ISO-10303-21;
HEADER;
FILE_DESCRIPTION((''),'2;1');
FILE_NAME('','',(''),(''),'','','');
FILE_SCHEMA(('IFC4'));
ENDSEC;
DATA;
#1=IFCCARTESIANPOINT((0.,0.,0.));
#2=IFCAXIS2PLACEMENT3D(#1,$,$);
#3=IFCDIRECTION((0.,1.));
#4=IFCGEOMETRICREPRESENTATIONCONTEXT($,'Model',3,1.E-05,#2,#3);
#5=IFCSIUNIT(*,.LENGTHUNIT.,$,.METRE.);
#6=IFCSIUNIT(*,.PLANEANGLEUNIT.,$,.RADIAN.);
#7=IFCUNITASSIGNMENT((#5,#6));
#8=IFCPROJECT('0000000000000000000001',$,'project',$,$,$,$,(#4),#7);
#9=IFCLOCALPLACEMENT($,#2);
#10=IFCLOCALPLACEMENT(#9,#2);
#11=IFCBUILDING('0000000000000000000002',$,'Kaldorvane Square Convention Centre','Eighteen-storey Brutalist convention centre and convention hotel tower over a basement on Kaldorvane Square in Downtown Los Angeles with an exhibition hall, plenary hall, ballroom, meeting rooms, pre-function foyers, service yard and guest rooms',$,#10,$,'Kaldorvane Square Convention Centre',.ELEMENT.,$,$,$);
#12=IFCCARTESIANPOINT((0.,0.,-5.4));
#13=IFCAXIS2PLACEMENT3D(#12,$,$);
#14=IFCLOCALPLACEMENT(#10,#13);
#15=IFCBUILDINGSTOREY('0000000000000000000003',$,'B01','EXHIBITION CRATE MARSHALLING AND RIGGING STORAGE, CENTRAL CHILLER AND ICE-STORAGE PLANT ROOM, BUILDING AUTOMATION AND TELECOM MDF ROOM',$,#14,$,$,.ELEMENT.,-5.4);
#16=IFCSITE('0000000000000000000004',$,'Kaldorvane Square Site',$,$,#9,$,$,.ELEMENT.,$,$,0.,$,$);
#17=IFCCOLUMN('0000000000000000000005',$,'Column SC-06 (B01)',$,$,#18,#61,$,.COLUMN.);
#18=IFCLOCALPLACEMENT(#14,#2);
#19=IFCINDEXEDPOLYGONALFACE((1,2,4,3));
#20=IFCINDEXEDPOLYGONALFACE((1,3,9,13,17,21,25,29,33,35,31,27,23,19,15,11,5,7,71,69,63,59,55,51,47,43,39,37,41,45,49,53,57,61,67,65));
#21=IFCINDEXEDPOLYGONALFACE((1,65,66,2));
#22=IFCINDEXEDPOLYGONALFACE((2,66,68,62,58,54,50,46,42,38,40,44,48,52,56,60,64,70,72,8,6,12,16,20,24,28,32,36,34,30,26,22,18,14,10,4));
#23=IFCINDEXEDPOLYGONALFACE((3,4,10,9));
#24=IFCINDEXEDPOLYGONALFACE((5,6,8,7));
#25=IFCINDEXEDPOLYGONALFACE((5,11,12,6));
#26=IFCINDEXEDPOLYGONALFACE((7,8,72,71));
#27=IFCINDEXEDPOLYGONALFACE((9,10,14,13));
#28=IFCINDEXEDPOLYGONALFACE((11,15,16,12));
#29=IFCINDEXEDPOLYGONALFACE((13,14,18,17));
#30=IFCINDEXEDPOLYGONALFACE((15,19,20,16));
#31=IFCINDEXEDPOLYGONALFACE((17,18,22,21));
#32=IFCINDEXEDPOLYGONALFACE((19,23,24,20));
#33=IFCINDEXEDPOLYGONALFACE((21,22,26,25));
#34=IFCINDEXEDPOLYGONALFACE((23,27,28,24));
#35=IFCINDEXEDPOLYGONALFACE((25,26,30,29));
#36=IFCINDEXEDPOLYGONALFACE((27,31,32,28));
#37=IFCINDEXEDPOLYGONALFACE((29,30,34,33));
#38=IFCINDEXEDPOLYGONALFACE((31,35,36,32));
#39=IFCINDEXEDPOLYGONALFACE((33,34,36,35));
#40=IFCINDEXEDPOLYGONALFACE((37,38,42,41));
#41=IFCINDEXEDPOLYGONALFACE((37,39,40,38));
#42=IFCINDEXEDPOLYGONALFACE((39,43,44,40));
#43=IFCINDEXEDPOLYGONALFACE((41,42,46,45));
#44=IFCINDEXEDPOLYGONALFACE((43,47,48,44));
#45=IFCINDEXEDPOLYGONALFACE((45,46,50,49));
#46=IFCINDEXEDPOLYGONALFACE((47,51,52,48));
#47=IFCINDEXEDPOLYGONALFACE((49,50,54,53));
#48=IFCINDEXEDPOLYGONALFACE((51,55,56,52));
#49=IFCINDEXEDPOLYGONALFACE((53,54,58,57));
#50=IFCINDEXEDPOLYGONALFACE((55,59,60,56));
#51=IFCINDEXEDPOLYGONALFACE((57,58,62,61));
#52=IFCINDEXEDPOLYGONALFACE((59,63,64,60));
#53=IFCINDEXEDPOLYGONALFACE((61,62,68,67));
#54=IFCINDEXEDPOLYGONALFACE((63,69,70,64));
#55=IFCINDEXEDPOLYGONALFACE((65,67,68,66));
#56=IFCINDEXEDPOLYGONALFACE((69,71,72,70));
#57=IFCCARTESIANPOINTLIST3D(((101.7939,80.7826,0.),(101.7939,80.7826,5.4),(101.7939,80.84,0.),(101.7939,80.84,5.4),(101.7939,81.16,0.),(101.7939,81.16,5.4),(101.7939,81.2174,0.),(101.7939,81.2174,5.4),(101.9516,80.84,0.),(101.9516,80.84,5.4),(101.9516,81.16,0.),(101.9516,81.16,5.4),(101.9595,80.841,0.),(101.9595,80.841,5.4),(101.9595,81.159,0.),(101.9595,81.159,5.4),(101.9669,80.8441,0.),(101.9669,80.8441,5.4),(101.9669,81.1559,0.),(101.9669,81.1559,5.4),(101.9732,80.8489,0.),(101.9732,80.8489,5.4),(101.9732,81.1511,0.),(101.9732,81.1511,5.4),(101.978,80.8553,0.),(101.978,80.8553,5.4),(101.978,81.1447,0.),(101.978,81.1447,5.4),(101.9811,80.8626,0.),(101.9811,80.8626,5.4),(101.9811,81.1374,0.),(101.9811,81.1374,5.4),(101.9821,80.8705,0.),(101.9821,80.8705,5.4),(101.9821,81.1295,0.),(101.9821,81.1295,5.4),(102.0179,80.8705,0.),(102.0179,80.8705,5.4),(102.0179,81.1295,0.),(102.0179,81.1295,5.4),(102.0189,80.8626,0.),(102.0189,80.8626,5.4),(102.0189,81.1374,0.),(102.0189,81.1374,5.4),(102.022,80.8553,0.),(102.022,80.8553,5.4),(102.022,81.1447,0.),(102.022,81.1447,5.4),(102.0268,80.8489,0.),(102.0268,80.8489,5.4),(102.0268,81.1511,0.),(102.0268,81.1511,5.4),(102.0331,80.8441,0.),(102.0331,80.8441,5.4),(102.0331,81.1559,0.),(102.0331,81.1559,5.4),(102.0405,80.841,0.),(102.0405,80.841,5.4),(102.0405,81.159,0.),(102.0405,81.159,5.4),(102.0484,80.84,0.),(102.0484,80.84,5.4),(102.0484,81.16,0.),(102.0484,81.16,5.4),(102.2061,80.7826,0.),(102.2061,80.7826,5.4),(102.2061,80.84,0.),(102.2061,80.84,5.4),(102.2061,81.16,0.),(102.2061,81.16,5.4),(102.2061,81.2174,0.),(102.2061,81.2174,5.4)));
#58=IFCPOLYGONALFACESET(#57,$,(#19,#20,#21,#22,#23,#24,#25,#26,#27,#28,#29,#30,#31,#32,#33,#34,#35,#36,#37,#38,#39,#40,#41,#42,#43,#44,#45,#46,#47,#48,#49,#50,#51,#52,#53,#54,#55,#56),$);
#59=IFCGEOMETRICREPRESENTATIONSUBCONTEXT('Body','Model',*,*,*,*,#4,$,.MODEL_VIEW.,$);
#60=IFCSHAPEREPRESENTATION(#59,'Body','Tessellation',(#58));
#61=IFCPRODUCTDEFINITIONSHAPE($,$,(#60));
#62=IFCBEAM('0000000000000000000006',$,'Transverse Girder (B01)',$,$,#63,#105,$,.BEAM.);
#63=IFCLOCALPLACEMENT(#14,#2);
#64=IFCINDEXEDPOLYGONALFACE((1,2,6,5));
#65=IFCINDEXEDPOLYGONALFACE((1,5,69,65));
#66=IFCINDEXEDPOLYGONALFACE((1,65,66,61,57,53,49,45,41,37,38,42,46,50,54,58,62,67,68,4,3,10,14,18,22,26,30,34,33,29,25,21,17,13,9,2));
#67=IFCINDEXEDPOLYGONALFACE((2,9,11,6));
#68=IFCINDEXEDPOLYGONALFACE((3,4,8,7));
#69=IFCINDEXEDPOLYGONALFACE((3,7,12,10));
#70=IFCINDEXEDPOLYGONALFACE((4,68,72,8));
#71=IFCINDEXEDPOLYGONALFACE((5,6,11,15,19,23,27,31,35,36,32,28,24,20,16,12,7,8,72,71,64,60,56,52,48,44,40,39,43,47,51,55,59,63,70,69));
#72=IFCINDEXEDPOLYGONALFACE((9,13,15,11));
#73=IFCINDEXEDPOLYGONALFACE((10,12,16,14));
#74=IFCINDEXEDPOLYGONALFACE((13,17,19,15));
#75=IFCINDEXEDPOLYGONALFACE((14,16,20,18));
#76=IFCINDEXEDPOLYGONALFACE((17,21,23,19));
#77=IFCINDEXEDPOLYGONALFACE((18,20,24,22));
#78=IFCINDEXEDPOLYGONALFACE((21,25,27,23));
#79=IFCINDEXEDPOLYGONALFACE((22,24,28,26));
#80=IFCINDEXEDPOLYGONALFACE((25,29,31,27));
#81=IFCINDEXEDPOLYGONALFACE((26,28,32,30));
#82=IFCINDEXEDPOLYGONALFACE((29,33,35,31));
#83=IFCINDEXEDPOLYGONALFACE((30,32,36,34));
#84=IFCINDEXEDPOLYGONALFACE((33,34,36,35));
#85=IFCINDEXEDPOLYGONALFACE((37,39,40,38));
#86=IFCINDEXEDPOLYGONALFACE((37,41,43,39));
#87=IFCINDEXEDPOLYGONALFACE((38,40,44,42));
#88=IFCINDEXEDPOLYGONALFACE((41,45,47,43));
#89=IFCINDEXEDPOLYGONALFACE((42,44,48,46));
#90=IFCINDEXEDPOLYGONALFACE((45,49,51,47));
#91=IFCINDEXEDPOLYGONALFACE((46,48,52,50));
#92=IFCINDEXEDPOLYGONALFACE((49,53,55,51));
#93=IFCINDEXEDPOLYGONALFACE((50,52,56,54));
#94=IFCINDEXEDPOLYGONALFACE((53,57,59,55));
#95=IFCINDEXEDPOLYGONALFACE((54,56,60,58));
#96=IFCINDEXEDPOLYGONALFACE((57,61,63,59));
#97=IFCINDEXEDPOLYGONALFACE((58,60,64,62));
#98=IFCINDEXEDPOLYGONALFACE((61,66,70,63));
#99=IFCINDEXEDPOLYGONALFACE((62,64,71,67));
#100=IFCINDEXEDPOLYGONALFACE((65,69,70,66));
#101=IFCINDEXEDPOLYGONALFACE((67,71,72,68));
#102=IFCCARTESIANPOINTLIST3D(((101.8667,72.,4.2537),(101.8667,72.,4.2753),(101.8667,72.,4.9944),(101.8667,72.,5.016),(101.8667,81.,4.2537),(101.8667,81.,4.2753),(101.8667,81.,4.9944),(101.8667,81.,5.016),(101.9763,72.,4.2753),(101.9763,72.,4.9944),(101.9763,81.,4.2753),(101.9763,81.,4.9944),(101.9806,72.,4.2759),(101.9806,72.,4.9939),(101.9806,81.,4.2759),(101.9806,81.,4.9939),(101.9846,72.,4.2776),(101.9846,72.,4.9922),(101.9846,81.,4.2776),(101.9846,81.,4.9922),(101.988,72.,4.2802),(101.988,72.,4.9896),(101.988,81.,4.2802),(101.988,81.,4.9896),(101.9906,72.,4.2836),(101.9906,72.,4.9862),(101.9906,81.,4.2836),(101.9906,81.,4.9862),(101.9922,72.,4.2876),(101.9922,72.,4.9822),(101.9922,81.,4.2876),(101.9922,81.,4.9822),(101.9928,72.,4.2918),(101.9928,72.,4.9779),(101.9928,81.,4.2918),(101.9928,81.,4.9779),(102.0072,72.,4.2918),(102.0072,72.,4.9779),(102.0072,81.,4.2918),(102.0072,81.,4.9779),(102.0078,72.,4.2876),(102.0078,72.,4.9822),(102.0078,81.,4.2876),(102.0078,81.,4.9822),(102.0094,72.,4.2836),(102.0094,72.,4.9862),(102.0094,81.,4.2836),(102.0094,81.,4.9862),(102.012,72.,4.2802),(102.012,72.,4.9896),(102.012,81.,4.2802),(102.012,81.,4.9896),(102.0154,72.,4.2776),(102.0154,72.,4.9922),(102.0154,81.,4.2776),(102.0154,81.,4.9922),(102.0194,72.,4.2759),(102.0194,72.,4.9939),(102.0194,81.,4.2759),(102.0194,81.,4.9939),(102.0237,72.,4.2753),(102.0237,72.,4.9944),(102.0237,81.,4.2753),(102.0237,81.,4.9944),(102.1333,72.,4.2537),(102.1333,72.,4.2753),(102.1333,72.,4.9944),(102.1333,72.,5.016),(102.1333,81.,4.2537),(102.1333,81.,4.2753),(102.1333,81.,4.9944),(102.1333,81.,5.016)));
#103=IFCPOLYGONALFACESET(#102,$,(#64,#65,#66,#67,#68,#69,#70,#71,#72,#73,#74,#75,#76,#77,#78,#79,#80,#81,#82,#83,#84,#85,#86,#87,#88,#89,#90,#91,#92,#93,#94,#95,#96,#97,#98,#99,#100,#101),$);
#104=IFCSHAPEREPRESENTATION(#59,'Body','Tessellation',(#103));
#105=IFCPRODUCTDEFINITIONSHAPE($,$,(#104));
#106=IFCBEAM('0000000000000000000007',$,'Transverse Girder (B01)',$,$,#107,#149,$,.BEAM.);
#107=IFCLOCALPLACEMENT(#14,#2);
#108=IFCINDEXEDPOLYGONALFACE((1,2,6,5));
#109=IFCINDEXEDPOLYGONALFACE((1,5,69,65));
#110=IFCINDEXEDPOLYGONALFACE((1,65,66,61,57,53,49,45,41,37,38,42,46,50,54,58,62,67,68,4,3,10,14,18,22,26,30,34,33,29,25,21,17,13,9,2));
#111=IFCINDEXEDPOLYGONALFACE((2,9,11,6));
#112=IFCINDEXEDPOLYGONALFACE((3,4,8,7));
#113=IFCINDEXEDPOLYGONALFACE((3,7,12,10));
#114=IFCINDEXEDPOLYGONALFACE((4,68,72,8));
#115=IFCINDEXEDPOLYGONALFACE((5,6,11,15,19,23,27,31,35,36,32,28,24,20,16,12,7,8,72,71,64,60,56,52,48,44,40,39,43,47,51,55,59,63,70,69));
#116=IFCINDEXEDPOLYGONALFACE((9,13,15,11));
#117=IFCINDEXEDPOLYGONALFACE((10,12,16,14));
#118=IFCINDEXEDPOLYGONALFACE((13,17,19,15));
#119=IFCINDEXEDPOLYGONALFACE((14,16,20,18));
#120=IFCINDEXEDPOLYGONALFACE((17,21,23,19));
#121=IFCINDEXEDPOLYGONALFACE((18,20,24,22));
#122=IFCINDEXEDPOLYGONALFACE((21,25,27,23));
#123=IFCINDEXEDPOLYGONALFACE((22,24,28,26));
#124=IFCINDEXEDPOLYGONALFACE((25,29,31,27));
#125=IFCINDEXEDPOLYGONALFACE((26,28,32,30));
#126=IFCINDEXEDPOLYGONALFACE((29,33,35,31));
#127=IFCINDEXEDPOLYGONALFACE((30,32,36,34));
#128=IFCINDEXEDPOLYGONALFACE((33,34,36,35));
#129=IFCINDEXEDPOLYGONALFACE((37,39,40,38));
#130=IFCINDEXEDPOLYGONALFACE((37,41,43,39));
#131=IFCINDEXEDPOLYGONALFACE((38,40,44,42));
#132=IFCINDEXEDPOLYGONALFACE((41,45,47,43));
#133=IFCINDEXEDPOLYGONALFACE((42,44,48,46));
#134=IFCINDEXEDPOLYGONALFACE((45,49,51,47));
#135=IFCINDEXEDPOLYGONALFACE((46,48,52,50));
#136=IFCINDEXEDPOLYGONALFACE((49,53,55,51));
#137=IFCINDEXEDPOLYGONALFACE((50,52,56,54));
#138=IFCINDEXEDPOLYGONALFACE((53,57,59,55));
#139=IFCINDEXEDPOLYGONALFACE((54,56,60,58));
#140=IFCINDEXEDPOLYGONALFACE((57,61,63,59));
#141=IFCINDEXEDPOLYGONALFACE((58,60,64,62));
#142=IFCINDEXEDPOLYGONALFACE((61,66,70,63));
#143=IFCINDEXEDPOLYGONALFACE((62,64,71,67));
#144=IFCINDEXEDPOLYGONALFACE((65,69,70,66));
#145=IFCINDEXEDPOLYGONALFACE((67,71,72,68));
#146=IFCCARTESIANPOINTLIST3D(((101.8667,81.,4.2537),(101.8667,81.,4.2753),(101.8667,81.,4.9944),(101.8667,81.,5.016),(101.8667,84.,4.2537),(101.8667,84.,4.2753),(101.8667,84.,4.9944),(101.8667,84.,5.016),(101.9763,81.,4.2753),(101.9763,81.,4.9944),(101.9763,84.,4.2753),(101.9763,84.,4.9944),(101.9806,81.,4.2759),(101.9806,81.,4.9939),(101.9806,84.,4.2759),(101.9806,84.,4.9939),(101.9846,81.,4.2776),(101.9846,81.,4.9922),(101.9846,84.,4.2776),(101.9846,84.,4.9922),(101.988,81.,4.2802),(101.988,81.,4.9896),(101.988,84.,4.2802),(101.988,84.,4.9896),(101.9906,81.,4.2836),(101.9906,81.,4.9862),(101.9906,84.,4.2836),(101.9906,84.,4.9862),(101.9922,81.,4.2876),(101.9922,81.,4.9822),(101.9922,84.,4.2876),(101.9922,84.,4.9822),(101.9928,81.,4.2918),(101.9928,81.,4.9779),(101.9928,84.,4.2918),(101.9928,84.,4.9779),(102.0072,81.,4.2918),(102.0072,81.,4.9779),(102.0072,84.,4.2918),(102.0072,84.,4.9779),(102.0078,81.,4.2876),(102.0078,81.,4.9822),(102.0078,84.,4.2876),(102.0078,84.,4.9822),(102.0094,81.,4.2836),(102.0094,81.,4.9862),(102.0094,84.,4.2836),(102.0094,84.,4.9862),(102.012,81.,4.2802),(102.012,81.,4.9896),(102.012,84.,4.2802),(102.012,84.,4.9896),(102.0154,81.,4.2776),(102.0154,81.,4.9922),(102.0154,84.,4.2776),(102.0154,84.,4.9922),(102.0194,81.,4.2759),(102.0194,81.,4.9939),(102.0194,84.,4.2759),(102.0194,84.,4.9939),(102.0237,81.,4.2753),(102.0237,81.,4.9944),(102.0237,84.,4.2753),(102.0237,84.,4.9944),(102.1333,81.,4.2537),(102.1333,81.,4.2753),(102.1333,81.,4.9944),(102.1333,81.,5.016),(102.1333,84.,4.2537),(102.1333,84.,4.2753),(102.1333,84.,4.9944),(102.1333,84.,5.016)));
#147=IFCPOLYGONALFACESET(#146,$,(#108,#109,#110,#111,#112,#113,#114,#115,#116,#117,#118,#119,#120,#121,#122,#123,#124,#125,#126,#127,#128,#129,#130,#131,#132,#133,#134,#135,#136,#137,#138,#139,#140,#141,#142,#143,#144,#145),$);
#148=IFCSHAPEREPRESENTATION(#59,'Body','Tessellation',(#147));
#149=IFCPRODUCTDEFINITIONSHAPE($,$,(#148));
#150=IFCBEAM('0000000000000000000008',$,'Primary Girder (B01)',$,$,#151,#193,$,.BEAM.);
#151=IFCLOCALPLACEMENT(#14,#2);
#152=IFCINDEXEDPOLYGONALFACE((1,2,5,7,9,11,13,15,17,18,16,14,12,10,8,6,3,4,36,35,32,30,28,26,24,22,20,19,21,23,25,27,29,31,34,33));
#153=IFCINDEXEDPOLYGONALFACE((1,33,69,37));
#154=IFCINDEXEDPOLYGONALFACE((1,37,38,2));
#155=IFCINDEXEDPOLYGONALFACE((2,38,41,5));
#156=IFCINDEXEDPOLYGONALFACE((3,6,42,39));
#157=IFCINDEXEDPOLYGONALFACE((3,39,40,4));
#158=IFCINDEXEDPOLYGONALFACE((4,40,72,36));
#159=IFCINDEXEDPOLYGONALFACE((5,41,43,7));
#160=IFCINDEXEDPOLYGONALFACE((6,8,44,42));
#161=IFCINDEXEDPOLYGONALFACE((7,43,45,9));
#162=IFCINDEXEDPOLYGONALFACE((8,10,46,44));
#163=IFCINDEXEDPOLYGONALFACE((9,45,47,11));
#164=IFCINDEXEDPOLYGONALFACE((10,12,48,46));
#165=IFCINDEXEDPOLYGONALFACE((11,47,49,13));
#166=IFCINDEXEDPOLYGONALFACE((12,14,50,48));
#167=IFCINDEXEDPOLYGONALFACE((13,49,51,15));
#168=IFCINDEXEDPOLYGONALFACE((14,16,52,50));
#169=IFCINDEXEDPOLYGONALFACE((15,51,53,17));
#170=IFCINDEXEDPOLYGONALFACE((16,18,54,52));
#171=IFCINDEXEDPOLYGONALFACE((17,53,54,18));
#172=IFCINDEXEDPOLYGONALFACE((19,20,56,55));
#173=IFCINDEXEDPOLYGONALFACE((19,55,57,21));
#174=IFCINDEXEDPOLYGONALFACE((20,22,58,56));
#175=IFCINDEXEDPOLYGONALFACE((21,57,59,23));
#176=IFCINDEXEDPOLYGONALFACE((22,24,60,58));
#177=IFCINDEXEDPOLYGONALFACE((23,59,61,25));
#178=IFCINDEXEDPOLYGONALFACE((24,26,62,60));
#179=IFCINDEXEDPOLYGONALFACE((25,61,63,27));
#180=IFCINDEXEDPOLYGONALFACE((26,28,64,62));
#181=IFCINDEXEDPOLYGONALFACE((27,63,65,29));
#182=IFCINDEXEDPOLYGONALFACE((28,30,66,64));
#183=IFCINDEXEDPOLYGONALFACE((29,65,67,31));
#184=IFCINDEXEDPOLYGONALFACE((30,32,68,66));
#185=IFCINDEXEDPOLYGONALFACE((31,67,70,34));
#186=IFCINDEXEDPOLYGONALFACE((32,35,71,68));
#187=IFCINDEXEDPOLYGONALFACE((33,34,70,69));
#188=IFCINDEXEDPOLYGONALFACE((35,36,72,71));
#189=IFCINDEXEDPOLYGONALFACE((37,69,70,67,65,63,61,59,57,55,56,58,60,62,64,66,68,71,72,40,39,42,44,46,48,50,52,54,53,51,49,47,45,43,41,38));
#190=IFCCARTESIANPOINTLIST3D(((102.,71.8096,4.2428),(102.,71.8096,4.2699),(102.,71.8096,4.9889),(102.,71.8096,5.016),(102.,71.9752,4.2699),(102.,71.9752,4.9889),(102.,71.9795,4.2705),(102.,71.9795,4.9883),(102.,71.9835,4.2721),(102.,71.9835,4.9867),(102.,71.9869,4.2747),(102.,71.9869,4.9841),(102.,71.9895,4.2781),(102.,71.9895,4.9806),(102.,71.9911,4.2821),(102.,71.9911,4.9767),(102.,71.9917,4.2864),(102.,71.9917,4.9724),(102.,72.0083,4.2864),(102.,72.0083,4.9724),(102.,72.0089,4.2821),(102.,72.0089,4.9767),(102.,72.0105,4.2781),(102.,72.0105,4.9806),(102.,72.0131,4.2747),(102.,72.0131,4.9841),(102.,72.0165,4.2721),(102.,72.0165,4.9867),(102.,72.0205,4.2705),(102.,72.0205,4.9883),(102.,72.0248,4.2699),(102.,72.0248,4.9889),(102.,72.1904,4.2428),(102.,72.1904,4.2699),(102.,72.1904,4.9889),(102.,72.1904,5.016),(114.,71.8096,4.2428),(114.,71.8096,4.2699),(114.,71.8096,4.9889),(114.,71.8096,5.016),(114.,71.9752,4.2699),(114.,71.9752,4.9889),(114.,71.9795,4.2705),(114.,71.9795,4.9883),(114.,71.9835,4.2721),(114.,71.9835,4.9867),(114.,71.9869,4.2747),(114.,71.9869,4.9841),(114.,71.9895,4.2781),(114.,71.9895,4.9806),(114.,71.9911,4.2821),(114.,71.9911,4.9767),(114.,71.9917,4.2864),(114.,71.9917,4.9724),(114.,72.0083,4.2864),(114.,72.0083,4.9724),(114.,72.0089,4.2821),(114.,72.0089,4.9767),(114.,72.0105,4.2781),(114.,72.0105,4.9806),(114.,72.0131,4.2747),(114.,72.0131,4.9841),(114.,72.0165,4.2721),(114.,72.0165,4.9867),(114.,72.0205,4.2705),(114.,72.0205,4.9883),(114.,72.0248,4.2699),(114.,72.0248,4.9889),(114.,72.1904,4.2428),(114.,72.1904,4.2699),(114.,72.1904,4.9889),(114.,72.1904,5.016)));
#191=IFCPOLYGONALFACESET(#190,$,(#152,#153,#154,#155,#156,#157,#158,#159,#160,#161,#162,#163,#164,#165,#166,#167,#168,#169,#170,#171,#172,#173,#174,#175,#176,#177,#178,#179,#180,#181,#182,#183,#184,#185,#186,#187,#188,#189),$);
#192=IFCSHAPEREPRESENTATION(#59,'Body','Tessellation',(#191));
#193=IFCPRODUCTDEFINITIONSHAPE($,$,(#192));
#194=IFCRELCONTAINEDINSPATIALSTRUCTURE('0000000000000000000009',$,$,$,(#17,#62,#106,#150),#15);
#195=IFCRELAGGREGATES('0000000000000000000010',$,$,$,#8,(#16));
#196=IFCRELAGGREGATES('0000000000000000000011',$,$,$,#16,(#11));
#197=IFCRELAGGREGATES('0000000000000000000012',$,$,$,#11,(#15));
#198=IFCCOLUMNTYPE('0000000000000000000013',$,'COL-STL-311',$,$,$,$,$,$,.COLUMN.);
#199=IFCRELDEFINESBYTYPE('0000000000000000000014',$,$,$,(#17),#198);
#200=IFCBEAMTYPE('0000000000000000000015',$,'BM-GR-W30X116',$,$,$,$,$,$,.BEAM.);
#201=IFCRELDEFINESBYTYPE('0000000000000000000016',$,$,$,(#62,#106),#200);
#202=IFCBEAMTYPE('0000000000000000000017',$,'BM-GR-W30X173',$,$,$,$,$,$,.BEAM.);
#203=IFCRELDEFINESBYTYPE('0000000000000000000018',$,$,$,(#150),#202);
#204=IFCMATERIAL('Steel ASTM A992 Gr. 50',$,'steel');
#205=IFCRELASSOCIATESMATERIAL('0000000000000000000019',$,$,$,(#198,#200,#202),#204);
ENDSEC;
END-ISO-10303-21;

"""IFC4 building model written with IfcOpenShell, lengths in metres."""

from ifc_helpers import new_model, si_unit, direction, frame, origin, origin_2d, place, context, subcontext, project, spatial, i_section, extrude, material, material_profile, profile_set, type_object, element, save


model = new_model("IFC4")

# Units and contexts
model_context = context("Model", 3, precision=1e-05, world=origin(), true_north=direction((0.0, 1.0)))
body_context = subcontext(model_context, "Body", "Model", "MODEL_VIEW")
ifc_project = project(units=[si_unit("LENGTHUNIT", "METRE"), si_unit("PLANEANGLEUNIT", "RADIAN")], contexts=[model_context])

# Site, building, storey
site_placement = place(None, origin())
site = spatial("IfcSite", under=ifc_project, at=site_placement, Name="Kaldorvane Square Site", CompositionType="ELEMENT", RefElevation=0.0)
building_placement = place(site_placement, origin())
building = spatial("IfcBuilding", under=site, at=building_placement, Name="Kaldorvane Square Convention Centre", Description="Eighteen-storey Brutalist convention centre and convention hotel tower over a basement on Kaldorvane Square in Downtown Los Angeles with an exhibition hall, plenary hall, ballroom, meeting rooms, pre-function foyers, service yard and guest rooms", LongName="Kaldorvane Square Convention Centre", CompositionType="ELEMENT")
storey_placement = place(building_placement, frame((0.0, 0.0, -5.4)))
storey = spatial("IfcBuildingStorey", under=building, at=storey_placement, Name="B01", Description="EXHIBITION CRATE MARSHALLING AND RIGGING STORAGE, CENTRAL CHILLER AND ICE-STORAGE PLANT ROOM, BUILDING AUTOMATION AND TELECOM MDF ROOM", CompositionType="ELEMENT", Elevation=-5.4)

# Column
ifc_material_1 = material(Name="Steel ASTM A992 Gr. 50", Category="steel")
ifc_material_profile_1 = material_profile(ifc_material_1, i_section(OverallWidth=0.4122, OverallDepth=0.4348, WebThickness=0.0358, FlangeThickness=0.0574, FilletRadius=0.0305, at=origin_2d()), Name="W14X311")
ifc_profile_set_1 = profile_set([ifc_material_profile_1], Name="Steel ASTM A992 Gr. 50")
column_type_1 = type_object("IfcColumnType", Name="COL-STL-311", PredefinedType="COLUMN", material=ifc_profile_set_1)
column_1_placement = place(storey_placement, frame((102.0, 81.0, 0.0), z_axis=(0.0, 0.0, 1.0), x_axis=(1.0, 0.0, 0.0)))
element("IfcColumn", 1, at=column_1_placement, inside=storey, type_object=column_type_1, Name="Column SC-06 (B01)", PredefinedType="COLUMN", context=body_context, shape_type="SweptSolid", body=[
    extrude(i_section(OverallWidth=0.4122, OverallDepth=0.4348, WebThickness=0.0358, FlangeThickness=0.0574, FilletRadius=0.0305, at=origin_2d()), origin(), (0.0, 0.0, 1.0), 5.4),
])

# Beams
ifc_material_profile_2 = material_profile(ifc_material_1, i_section(OverallWidth=0.2666, OverallDepth=0.7623, WebThickness=0.0144, FlangeThickness=0.0216, FilletRadius=0.0165, at=origin_2d()), Name="W30X116")
ifc_profile_set_2 = profile_set([ifc_material_profile_2], Name="Steel ASTM A992 Gr. 50")
beam_type_1 = type_object("IfcBeamType", Name="BM-GR-W30X116", PredefinedType="BEAM", material=ifc_profile_set_2)
beam_1_placement = place(storey_placement, frame((102.0, 72.0, 4.6349), z_axis=(0.0, 1.0, 0.0), x_axis=(-1.0, 0.0, 0.0)))
element("IfcBeam", 2, at=beam_1_placement, inside=storey, type_object=beam_type_1, Name="Transverse Girder (B01)", PredefinedType="BEAM", context=body_context, shape_type="SweptSolid", body=[
    extrude(i_section(OverallWidth=0.2666, OverallDepth=0.7623, WebThickness=0.0144, FlangeThickness=0.0216, FilletRadius=0.0165, at=origin_2d()), origin(), (0.0, 0.0, 1.0), 9.0),
])
beam_2_placement = place(storey_placement, frame((102.0, 81.0, 4.6349), z_axis=(0.0, 1.0, 0.0), x_axis=(-1.0, 0.0, 0.0)))
element("IfcBeam", 3, at=beam_2_placement, inside=storey, type_object=beam_type_1, Name="Transverse Girder (B01)", PredefinedType="BEAM", context=body_context, shape_type="SweptSolid", body=[
    extrude(i_section(OverallWidth=0.2666, OverallDepth=0.7623, WebThickness=0.0144, FlangeThickness=0.0216, FilletRadius=0.0165, at=origin_2d()), origin(), (0.0, 0.0, 1.0), 3.0),
])
ifc_material_profile_3 = material_profile(ifc_material_1, i_section(OverallWidth=0.3807, OverallDepth=0.7732, WebThickness=0.0166, FlangeThickness=0.0271, FilletRadius=0.0165, at=origin_2d()), Name="W30X173")
ifc_profile_set_3 = profile_set([ifc_material_profile_3], Name="Steel ASTM A992 Gr. 50")
beam_type_2 = type_object("IfcBeamType", Name="BM-GR-W30X173", PredefinedType="BEAM", material=ifc_profile_set_3)
for number, where, z_axis, x_axis, name in (
    (4, (102.0, 72.0, 4.6294), (1.0, 0.0, 0.0), (0.0, 1.0, 0.0), "Primary Girder (B01)"),
):
    element("IfcBeam", number, at=place(storey_placement, frame(where, z_axis=z_axis, x_axis=x_axis)), inside=storey, type_object=beam_type_2, Name=name, PredefinedType="BEAM", context=body_context, shape_type="SweptSolid", body=[
        extrude(i_section(OverallWidth=0.3807, OverallDepth=0.7732, WebThickness=0.0166, FlangeThickness=0.0271, FilletRadius=0.0165, at=origin_2d()), origin(), (0.0, 0.0, 1.0), 12.0),
    ])

save(model, "model.ifc")
